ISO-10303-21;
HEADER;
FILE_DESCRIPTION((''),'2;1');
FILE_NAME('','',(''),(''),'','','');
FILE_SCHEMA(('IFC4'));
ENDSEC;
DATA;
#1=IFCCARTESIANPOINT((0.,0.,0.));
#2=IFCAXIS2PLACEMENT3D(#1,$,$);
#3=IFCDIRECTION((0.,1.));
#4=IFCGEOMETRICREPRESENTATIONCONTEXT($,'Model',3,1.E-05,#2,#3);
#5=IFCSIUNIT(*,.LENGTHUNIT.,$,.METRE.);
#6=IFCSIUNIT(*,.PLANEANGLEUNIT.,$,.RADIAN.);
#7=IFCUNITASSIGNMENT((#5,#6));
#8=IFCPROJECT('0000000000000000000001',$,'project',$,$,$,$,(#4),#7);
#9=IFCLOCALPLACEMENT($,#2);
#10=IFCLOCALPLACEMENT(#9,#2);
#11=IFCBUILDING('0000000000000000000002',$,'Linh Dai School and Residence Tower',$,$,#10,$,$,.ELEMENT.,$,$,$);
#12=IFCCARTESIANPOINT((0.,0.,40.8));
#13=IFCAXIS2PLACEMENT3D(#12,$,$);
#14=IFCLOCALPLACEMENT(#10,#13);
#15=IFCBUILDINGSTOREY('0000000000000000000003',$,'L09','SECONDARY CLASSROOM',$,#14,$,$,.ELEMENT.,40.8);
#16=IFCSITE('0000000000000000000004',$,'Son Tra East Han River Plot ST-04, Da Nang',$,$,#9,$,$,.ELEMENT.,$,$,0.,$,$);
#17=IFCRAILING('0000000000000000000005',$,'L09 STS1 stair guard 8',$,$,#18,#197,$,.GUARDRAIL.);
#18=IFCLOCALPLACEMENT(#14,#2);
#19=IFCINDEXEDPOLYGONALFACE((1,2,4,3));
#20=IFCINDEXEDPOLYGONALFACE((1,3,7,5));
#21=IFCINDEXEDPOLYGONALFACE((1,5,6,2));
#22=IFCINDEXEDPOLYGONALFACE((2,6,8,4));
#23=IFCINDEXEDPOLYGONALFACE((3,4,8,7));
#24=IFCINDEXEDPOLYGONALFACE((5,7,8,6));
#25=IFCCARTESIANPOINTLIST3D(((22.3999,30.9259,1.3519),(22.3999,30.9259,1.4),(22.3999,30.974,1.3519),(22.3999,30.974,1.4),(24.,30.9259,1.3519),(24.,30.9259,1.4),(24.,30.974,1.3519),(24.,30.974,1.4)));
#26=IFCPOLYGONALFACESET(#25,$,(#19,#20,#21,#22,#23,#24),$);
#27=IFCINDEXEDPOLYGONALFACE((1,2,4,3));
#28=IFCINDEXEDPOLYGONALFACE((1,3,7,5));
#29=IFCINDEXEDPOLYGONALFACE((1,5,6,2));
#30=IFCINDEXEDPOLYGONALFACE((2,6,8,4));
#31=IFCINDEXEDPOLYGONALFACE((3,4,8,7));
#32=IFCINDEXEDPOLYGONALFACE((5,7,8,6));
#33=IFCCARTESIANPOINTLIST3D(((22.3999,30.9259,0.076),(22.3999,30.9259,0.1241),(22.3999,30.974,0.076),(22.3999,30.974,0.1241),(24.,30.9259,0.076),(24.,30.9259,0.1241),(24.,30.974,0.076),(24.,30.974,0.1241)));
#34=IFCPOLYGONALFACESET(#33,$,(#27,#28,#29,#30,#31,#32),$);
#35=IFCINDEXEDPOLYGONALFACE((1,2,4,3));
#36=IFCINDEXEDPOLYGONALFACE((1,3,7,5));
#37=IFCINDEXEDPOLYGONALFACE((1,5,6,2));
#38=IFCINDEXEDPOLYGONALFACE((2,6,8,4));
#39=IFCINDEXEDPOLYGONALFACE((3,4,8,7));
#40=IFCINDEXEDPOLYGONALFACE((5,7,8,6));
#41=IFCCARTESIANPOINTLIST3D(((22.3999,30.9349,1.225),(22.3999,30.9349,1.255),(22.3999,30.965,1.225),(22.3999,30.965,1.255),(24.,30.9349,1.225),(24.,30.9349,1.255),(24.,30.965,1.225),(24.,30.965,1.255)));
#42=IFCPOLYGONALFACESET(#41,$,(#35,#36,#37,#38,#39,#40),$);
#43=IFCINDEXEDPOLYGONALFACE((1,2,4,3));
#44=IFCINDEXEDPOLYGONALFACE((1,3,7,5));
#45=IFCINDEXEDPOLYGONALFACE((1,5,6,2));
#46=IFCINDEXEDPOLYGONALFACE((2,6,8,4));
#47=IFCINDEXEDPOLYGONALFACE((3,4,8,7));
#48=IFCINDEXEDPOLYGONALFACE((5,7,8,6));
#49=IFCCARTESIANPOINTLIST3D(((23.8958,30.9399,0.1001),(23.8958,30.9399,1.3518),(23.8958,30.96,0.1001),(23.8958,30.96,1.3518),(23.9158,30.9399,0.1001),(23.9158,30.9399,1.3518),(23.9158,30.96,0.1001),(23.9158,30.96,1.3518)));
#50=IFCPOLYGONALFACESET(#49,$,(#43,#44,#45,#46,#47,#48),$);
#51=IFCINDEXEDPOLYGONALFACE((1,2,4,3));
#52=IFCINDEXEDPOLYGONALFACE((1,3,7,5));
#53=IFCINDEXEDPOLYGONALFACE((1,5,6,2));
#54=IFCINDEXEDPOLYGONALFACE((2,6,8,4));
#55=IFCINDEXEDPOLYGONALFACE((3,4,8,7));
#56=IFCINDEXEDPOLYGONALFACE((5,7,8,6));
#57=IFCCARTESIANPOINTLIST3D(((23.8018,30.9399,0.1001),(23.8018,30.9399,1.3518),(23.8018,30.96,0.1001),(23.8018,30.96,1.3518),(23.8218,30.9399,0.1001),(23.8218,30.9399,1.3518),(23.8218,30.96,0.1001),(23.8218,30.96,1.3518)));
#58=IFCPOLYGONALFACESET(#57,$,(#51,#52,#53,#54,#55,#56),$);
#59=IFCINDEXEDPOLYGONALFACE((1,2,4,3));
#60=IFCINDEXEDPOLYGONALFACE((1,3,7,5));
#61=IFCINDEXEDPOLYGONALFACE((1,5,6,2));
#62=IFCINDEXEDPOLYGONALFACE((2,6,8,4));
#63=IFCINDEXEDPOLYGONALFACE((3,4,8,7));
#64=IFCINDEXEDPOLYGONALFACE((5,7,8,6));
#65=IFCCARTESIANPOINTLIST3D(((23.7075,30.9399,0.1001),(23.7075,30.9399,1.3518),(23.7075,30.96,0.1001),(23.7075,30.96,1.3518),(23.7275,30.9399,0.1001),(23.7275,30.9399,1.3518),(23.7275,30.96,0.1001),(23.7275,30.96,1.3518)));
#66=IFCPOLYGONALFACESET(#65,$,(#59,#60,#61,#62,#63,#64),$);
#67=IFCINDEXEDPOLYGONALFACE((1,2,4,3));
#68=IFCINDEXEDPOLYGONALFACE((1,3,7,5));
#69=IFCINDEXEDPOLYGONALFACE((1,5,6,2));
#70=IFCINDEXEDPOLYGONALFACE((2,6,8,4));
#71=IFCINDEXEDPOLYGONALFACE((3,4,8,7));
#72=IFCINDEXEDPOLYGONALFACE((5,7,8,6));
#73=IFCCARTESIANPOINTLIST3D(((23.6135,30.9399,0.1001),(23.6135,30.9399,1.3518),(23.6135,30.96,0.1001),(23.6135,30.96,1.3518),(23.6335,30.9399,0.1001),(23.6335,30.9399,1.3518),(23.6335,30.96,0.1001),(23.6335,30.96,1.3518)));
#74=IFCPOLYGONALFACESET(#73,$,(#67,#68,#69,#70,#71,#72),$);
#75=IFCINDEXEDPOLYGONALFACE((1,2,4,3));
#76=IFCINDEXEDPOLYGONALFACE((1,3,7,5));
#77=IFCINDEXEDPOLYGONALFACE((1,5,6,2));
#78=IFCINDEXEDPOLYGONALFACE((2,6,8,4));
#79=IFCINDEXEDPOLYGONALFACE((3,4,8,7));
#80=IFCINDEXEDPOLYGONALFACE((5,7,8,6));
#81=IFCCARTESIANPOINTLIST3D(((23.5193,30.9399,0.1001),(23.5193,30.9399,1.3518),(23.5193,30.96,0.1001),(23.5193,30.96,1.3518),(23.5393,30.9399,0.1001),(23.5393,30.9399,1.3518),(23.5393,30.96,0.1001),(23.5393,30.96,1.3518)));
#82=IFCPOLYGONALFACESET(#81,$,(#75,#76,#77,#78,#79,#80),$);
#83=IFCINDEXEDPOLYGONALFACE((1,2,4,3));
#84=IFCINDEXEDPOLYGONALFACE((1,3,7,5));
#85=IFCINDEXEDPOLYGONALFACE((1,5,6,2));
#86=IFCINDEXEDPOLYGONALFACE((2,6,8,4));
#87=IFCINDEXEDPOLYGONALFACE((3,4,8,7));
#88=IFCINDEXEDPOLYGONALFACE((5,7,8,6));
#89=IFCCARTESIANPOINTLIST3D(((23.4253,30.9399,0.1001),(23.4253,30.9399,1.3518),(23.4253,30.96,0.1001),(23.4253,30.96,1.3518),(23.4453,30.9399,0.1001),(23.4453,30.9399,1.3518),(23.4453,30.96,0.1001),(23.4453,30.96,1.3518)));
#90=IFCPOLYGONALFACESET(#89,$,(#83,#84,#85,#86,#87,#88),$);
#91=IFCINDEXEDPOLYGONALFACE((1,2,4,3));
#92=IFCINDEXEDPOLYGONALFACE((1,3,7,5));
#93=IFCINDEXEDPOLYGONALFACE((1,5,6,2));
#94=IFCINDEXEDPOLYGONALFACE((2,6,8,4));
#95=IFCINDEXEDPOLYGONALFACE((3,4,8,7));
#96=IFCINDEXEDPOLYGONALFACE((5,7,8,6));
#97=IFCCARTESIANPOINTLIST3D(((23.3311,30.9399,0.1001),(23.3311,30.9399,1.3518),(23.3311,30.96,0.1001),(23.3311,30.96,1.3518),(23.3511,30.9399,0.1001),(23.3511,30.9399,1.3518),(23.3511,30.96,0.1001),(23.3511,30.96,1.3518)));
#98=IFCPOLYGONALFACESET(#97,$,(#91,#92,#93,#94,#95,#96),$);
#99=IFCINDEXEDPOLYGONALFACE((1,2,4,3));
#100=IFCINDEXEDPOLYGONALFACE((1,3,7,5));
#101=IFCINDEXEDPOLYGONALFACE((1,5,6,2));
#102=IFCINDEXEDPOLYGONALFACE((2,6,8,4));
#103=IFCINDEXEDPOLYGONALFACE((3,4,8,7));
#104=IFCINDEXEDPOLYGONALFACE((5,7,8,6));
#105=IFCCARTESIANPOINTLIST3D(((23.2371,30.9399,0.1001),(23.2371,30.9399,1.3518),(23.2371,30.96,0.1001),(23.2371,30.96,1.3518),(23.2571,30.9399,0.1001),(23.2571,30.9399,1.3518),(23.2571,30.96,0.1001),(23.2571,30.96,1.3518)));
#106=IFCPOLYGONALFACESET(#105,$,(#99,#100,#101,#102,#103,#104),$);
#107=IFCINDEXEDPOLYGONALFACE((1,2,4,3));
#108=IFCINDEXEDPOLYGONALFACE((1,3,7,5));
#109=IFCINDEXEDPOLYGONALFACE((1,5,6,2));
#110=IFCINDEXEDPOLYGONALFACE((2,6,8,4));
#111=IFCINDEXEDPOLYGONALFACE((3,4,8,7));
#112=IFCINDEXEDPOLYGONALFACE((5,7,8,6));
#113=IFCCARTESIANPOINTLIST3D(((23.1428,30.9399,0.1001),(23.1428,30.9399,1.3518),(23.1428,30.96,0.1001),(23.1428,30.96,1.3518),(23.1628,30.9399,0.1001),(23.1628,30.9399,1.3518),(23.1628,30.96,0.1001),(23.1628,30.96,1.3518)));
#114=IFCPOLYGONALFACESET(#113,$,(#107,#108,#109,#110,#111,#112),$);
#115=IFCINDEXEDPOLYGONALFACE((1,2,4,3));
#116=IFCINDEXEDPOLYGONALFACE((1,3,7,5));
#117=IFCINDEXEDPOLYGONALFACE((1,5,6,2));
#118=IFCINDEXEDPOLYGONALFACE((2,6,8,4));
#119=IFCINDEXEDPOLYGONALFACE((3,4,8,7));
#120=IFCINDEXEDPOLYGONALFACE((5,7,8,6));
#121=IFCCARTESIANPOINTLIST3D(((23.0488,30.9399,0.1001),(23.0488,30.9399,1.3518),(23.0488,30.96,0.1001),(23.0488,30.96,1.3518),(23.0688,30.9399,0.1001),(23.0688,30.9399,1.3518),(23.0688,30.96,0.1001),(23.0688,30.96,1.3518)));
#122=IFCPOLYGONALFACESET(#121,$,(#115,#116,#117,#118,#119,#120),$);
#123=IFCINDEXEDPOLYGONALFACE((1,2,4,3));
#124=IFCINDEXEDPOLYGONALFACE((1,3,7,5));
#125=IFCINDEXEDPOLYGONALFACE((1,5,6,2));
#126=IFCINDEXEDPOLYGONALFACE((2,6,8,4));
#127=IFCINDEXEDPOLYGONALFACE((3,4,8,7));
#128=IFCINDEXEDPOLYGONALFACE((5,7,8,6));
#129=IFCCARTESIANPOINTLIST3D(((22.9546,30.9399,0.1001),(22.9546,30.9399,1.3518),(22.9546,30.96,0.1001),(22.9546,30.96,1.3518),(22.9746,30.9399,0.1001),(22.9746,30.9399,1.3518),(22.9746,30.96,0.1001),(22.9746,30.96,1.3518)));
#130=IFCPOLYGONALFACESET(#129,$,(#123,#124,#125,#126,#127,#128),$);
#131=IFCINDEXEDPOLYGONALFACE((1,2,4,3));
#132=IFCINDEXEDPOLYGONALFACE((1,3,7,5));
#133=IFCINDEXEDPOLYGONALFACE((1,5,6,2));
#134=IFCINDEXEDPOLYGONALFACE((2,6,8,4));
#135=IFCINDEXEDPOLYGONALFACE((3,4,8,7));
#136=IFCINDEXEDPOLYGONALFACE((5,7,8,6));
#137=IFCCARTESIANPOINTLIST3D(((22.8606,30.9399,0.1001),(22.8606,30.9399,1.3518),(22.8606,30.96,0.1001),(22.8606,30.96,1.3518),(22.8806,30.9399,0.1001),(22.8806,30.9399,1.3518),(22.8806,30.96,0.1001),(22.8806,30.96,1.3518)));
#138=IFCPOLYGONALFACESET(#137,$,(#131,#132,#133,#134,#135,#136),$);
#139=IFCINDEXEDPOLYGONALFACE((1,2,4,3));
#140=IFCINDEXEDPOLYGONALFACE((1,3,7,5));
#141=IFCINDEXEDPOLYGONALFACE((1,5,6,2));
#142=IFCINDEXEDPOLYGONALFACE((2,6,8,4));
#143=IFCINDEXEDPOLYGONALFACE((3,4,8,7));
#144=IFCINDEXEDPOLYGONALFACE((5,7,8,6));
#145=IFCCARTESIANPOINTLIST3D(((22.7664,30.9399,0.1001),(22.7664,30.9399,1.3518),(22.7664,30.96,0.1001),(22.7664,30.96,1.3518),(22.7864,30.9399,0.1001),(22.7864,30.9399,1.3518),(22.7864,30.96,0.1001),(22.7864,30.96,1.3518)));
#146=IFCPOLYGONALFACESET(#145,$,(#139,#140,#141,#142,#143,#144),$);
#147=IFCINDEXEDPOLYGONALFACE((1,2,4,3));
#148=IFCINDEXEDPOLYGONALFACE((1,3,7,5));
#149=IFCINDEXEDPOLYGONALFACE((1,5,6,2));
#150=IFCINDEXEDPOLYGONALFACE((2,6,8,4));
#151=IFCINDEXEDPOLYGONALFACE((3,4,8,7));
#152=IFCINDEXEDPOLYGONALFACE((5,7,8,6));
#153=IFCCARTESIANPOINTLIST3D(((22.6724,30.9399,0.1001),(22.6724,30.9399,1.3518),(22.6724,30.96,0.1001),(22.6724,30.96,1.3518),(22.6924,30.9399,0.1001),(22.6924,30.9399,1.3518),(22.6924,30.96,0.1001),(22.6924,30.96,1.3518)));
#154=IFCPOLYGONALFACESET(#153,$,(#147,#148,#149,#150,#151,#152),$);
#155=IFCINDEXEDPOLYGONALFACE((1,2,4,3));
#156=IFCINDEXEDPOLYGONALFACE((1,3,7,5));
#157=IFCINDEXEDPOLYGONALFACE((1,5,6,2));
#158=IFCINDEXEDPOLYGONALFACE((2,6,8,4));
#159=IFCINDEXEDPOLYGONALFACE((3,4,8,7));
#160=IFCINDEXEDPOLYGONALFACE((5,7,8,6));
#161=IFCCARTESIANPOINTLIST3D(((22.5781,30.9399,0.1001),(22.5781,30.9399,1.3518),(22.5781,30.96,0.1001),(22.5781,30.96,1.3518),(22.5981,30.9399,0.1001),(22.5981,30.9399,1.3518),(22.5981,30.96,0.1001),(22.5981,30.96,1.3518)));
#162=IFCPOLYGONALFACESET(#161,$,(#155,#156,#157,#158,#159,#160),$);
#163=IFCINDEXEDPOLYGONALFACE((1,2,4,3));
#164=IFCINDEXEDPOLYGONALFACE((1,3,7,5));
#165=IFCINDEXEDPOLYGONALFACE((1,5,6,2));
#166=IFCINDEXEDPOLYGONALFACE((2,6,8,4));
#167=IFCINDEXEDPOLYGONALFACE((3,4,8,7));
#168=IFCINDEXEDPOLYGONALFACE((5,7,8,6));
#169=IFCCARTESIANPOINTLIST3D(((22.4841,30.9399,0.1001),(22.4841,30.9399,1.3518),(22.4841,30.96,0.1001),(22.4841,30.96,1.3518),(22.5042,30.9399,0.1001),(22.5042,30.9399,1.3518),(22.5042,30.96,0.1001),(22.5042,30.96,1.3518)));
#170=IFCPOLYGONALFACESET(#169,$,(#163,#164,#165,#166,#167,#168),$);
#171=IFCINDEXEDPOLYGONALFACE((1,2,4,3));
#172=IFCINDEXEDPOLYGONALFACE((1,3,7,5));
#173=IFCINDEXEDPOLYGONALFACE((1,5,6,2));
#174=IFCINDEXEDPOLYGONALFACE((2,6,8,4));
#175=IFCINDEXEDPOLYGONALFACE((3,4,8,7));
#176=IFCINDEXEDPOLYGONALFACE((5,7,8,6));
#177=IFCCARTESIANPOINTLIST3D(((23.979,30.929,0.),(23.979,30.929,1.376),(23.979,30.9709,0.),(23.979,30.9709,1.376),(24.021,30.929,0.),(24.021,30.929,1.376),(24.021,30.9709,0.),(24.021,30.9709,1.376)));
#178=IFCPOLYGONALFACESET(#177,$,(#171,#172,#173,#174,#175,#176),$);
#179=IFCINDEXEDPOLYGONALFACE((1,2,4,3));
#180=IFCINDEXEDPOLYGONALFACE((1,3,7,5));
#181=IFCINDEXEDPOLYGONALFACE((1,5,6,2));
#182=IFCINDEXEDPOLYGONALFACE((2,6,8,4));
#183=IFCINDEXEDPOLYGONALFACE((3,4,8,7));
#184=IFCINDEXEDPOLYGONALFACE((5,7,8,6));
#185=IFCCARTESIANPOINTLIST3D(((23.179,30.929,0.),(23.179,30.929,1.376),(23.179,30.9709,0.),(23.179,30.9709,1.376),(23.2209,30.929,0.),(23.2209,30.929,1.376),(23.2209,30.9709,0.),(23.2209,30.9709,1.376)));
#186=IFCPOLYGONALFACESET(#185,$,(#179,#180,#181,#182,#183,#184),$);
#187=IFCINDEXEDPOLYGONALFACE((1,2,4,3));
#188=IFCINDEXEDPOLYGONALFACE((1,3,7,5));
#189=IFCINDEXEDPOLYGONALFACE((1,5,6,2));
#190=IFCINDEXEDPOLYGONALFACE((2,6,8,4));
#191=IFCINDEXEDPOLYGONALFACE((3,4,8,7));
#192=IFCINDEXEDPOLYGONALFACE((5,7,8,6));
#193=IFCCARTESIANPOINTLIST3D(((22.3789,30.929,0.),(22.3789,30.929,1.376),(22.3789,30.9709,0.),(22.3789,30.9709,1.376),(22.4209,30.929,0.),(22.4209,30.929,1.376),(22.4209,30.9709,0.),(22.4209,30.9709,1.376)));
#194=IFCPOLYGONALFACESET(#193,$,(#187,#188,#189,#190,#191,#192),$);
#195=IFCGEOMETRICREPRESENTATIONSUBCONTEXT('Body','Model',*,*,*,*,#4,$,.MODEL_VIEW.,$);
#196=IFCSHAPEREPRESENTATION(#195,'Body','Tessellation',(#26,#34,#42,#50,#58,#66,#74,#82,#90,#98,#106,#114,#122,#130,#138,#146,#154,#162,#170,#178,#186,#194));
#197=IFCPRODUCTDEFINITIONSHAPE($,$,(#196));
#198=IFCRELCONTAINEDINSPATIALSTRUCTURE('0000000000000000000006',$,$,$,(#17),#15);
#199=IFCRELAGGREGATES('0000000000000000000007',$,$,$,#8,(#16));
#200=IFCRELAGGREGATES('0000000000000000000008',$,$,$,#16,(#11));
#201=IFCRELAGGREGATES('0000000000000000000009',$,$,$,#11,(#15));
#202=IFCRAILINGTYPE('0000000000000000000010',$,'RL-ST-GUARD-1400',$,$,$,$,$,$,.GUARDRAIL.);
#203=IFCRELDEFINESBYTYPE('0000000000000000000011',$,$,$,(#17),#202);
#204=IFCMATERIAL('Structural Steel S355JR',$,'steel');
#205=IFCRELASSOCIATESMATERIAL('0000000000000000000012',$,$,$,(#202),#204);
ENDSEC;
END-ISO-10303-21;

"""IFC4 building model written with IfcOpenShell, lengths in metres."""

from ifc_helpers import new_model, si_unit, direction, frame, origin, origin_2d, place, context, subcontext, project, spatial, rectangle, extrude, source, transform, mapped, material, type_object, element, save


model = new_model("IFC4")

# Units and contexts
model_context = context("Model", 3, precision=1e-05, world=origin(), true_north=direction((0.0, 1.0)))
body_context = subcontext(model_context, "Body", "Model", "MODEL_VIEW")
ifc_project = project(units=[si_unit("LENGTHUNIT", "METRE"), si_unit("PLANEANGLEUNIT", "RADIAN")], contexts=[model_context])

# Site, building, storey
site_placement = place(None, origin())
site = spatial("IfcSite", under=ifc_project, at=site_placement, Name="Son Tra East Han River Plot ST-04, Da Nang", CompositionType="ELEMENT", RefElevation=0.0)
building_placement = place(site_placement, origin())
building = spatial("IfcBuilding", under=site, at=building_placement, Name="Linh Dai School and Residence Tower", CompositionType="ELEMENT")
storey_placement = place(building_placement, frame((0.0, 0.0, 40.8)))
storey = spatial("IfcBuildingStorey", under=building, at=storey_placement, Name="L09", Description="SECONDARY CLASSROOM", CompositionType="ELEMENT", Elevation=40.8)

# Shared definitions
ifc_material_1 = material(Name="Structural Steel S355JR", Category="steel")

# Railing
railing_type_1 = type_object("IfcRailingType", Name="RL-ST-GUARD-1400", PredefinedType="GUARDRAIL", material=ifc_material_1)
shared_shape_1 = source(origin(), body_context, "Body", "SweptSolid", [
    extrude(rectangle(XDim=0.0481, YDim=0.0481, at=origin_2d()), frame((0.0, 0.0, 1.376), z_axis=(-1.0, 0.0, 0.0), x_axis=(0.0, -1.0, 0.0)), (0.0, 0.0, 1.0), 1.6001),
    extrude(rectangle(XDim=0.0481, YDim=0.0481, at=origin_2d()), frame((0.0, 0.0, 0.1001), z_axis=(-1.0, 0.0, 0.0), x_axis=(0.0, -1.0, 0.0)), (0.0, 0.0, 1.0), 1.6001),
    extrude(rectangle(XDim=0.03, YDim=0.03, at=origin_2d()), frame((0.0, 0.0, 1.24), z_axis=(-1.0, 0.0, 0.0), x_axis=(0.0, -1.0, 0.0)), (0.0, 0.0, 1.0), 1.6001),
    extrude(rectangle(XDim=0.02, YDim=0.02, at=origin_2d()), frame((-0.0942, 0.0, 0.1001)), (0.0, 0.0, 1.0), 1.2517),
    extrude(rectangle(XDim=0.02, YDim=0.02, at=origin_2d()), frame((-0.1882, 0.0, 0.1001)), (0.0, 0.0, 1.0), 1.2517),
    extrude(rectangle(XDim=0.02, YDim=0.02, at=origin_2d()), frame((-0.2825, 0.0, 0.1001)), (0.0, 0.0, 1.0), 1.2517),
    extrude(rectangle(XDim=0.02, YDim=0.02, at=origin_2d()), frame((-0.3765, 0.0, 0.1001)), (0.0, 0.0, 1.0), 1.2517),
    extrude(rectangle(XDim=0.02, YDim=0.02, at=origin_2d()), frame((-0.4707, 0.0, 0.1001)), (0.0, 0.0, 1.0), 1.2517),
    extrude(rectangle(XDim=0.02, YDim=0.02, at=origin_2d()), frame((-0.5647, 0.0, 0.1001)), (0.0, 0.0, 1.0), 1.2517),
    extrude(rectangle(XDim=0.02, YDim=0.02, at=origin_2d()), frame((-0.6589, 0.0, 0.1001)), (0.0, 0.0, 1.0), 1.2517),
    extrude(rectangle(XDim=0.02, YDim=0.02, at=origin_2d()), frame((-0.7529, 0.0, 0.1001)), (0.0, 0.0, 1.0), 1.2517),
    extrude(rectangle(XDim=0.02, YDim=0.02, at=origin_2d()), frame((-0.8472, 0.0, 0.1001)), (0.0, 0.0, 1.0), 1.2517),
    extrude(rectangle(XDim=0.02, YDim=0.02, at=origin_2d()), frame((-0.9412, 0.0, 0.1001)), (0.0, 0.0, 1.0), 1.2517),
    extrude(rectangle(XDim=0.02, YDim=0.02, at=origin_2d()), frame((-1.0354, 0.0, 0.1001)), (0.0, 0.0, 1.0), 1.2517),
    extrude(rectangle(XDim=0.02, YDim=0.02, at=origin_2d()), frame((-1.1294, 0.0, 0.1001)), (0.0, 0.0, 1.0), 1.2517),
    extrude(rectangle(XDim=0.02, YDim=0.02, at=origin_2d()), frame((-1.2236, 0.0, 0.1001)), (0.0, 0.0, 1.0), 1.2517),
    extrude(rectangle(XDim=0.02, YDim=0.02, at=origin_2d()), frame((-1.3176, 0.0, 0.1001)), (0.0, 0.0, 1.0), 1.2517),
    extrude(rectangle(XDim=0.02, YDim=0.02, at=origin_2d()), frame((-1.4119, 0.0, 0.1001)), (0.0, 0.0, 1.0), 1.2517),
    extrude(rectangle(XDim=0.02, YDim=0.02, at=origin_2d()), frame((-1.5059, 0.0, 0.1001)), (0.0, 0.0, 1.0), 1.2517),
    extrude(rectangle(XDim=0.042, YDim=0.042, at=origin_2d()), origin(), (0.0, 0.0, 1.0), 1.376),
    extrude(rectangle(XDim=0.042, YDim=0.042, at=origin_2d()), frame((-0.8, 0.0, 0.0)), (0.0, 0.0, 1.0), 1.376),
    extrude(rectangle(XDim=0.042, YDim=0.042, at=origin_2d()), frame((-1.6001, 0.0, 0.0)), (0.0, 0.0, 1.0), 1.376),
])
for number, where, name in (
    (1, (24.0, 30.95, 0.0), "L09 STS1 stair guard 8"),
):
    element("IfcRailing", number, at=place(storey_placement, frame(where)), inside=storey, type_object=railing_type_1, Name=name, PredefinedType="GUARDRAIL", context=body_context, shape_type="MappedRepresentation", body=[
        mapped(shared_shape_1, transform((0.0, 0.0, 0.0), x_axis=(1.0, 0.0, 0.0), y_axis=(0.0, 1.0, 0.0), z_axis=(0.0, 0.0, 1.0), scale=1.0)),
    ])

save(model, "model.ifc")
